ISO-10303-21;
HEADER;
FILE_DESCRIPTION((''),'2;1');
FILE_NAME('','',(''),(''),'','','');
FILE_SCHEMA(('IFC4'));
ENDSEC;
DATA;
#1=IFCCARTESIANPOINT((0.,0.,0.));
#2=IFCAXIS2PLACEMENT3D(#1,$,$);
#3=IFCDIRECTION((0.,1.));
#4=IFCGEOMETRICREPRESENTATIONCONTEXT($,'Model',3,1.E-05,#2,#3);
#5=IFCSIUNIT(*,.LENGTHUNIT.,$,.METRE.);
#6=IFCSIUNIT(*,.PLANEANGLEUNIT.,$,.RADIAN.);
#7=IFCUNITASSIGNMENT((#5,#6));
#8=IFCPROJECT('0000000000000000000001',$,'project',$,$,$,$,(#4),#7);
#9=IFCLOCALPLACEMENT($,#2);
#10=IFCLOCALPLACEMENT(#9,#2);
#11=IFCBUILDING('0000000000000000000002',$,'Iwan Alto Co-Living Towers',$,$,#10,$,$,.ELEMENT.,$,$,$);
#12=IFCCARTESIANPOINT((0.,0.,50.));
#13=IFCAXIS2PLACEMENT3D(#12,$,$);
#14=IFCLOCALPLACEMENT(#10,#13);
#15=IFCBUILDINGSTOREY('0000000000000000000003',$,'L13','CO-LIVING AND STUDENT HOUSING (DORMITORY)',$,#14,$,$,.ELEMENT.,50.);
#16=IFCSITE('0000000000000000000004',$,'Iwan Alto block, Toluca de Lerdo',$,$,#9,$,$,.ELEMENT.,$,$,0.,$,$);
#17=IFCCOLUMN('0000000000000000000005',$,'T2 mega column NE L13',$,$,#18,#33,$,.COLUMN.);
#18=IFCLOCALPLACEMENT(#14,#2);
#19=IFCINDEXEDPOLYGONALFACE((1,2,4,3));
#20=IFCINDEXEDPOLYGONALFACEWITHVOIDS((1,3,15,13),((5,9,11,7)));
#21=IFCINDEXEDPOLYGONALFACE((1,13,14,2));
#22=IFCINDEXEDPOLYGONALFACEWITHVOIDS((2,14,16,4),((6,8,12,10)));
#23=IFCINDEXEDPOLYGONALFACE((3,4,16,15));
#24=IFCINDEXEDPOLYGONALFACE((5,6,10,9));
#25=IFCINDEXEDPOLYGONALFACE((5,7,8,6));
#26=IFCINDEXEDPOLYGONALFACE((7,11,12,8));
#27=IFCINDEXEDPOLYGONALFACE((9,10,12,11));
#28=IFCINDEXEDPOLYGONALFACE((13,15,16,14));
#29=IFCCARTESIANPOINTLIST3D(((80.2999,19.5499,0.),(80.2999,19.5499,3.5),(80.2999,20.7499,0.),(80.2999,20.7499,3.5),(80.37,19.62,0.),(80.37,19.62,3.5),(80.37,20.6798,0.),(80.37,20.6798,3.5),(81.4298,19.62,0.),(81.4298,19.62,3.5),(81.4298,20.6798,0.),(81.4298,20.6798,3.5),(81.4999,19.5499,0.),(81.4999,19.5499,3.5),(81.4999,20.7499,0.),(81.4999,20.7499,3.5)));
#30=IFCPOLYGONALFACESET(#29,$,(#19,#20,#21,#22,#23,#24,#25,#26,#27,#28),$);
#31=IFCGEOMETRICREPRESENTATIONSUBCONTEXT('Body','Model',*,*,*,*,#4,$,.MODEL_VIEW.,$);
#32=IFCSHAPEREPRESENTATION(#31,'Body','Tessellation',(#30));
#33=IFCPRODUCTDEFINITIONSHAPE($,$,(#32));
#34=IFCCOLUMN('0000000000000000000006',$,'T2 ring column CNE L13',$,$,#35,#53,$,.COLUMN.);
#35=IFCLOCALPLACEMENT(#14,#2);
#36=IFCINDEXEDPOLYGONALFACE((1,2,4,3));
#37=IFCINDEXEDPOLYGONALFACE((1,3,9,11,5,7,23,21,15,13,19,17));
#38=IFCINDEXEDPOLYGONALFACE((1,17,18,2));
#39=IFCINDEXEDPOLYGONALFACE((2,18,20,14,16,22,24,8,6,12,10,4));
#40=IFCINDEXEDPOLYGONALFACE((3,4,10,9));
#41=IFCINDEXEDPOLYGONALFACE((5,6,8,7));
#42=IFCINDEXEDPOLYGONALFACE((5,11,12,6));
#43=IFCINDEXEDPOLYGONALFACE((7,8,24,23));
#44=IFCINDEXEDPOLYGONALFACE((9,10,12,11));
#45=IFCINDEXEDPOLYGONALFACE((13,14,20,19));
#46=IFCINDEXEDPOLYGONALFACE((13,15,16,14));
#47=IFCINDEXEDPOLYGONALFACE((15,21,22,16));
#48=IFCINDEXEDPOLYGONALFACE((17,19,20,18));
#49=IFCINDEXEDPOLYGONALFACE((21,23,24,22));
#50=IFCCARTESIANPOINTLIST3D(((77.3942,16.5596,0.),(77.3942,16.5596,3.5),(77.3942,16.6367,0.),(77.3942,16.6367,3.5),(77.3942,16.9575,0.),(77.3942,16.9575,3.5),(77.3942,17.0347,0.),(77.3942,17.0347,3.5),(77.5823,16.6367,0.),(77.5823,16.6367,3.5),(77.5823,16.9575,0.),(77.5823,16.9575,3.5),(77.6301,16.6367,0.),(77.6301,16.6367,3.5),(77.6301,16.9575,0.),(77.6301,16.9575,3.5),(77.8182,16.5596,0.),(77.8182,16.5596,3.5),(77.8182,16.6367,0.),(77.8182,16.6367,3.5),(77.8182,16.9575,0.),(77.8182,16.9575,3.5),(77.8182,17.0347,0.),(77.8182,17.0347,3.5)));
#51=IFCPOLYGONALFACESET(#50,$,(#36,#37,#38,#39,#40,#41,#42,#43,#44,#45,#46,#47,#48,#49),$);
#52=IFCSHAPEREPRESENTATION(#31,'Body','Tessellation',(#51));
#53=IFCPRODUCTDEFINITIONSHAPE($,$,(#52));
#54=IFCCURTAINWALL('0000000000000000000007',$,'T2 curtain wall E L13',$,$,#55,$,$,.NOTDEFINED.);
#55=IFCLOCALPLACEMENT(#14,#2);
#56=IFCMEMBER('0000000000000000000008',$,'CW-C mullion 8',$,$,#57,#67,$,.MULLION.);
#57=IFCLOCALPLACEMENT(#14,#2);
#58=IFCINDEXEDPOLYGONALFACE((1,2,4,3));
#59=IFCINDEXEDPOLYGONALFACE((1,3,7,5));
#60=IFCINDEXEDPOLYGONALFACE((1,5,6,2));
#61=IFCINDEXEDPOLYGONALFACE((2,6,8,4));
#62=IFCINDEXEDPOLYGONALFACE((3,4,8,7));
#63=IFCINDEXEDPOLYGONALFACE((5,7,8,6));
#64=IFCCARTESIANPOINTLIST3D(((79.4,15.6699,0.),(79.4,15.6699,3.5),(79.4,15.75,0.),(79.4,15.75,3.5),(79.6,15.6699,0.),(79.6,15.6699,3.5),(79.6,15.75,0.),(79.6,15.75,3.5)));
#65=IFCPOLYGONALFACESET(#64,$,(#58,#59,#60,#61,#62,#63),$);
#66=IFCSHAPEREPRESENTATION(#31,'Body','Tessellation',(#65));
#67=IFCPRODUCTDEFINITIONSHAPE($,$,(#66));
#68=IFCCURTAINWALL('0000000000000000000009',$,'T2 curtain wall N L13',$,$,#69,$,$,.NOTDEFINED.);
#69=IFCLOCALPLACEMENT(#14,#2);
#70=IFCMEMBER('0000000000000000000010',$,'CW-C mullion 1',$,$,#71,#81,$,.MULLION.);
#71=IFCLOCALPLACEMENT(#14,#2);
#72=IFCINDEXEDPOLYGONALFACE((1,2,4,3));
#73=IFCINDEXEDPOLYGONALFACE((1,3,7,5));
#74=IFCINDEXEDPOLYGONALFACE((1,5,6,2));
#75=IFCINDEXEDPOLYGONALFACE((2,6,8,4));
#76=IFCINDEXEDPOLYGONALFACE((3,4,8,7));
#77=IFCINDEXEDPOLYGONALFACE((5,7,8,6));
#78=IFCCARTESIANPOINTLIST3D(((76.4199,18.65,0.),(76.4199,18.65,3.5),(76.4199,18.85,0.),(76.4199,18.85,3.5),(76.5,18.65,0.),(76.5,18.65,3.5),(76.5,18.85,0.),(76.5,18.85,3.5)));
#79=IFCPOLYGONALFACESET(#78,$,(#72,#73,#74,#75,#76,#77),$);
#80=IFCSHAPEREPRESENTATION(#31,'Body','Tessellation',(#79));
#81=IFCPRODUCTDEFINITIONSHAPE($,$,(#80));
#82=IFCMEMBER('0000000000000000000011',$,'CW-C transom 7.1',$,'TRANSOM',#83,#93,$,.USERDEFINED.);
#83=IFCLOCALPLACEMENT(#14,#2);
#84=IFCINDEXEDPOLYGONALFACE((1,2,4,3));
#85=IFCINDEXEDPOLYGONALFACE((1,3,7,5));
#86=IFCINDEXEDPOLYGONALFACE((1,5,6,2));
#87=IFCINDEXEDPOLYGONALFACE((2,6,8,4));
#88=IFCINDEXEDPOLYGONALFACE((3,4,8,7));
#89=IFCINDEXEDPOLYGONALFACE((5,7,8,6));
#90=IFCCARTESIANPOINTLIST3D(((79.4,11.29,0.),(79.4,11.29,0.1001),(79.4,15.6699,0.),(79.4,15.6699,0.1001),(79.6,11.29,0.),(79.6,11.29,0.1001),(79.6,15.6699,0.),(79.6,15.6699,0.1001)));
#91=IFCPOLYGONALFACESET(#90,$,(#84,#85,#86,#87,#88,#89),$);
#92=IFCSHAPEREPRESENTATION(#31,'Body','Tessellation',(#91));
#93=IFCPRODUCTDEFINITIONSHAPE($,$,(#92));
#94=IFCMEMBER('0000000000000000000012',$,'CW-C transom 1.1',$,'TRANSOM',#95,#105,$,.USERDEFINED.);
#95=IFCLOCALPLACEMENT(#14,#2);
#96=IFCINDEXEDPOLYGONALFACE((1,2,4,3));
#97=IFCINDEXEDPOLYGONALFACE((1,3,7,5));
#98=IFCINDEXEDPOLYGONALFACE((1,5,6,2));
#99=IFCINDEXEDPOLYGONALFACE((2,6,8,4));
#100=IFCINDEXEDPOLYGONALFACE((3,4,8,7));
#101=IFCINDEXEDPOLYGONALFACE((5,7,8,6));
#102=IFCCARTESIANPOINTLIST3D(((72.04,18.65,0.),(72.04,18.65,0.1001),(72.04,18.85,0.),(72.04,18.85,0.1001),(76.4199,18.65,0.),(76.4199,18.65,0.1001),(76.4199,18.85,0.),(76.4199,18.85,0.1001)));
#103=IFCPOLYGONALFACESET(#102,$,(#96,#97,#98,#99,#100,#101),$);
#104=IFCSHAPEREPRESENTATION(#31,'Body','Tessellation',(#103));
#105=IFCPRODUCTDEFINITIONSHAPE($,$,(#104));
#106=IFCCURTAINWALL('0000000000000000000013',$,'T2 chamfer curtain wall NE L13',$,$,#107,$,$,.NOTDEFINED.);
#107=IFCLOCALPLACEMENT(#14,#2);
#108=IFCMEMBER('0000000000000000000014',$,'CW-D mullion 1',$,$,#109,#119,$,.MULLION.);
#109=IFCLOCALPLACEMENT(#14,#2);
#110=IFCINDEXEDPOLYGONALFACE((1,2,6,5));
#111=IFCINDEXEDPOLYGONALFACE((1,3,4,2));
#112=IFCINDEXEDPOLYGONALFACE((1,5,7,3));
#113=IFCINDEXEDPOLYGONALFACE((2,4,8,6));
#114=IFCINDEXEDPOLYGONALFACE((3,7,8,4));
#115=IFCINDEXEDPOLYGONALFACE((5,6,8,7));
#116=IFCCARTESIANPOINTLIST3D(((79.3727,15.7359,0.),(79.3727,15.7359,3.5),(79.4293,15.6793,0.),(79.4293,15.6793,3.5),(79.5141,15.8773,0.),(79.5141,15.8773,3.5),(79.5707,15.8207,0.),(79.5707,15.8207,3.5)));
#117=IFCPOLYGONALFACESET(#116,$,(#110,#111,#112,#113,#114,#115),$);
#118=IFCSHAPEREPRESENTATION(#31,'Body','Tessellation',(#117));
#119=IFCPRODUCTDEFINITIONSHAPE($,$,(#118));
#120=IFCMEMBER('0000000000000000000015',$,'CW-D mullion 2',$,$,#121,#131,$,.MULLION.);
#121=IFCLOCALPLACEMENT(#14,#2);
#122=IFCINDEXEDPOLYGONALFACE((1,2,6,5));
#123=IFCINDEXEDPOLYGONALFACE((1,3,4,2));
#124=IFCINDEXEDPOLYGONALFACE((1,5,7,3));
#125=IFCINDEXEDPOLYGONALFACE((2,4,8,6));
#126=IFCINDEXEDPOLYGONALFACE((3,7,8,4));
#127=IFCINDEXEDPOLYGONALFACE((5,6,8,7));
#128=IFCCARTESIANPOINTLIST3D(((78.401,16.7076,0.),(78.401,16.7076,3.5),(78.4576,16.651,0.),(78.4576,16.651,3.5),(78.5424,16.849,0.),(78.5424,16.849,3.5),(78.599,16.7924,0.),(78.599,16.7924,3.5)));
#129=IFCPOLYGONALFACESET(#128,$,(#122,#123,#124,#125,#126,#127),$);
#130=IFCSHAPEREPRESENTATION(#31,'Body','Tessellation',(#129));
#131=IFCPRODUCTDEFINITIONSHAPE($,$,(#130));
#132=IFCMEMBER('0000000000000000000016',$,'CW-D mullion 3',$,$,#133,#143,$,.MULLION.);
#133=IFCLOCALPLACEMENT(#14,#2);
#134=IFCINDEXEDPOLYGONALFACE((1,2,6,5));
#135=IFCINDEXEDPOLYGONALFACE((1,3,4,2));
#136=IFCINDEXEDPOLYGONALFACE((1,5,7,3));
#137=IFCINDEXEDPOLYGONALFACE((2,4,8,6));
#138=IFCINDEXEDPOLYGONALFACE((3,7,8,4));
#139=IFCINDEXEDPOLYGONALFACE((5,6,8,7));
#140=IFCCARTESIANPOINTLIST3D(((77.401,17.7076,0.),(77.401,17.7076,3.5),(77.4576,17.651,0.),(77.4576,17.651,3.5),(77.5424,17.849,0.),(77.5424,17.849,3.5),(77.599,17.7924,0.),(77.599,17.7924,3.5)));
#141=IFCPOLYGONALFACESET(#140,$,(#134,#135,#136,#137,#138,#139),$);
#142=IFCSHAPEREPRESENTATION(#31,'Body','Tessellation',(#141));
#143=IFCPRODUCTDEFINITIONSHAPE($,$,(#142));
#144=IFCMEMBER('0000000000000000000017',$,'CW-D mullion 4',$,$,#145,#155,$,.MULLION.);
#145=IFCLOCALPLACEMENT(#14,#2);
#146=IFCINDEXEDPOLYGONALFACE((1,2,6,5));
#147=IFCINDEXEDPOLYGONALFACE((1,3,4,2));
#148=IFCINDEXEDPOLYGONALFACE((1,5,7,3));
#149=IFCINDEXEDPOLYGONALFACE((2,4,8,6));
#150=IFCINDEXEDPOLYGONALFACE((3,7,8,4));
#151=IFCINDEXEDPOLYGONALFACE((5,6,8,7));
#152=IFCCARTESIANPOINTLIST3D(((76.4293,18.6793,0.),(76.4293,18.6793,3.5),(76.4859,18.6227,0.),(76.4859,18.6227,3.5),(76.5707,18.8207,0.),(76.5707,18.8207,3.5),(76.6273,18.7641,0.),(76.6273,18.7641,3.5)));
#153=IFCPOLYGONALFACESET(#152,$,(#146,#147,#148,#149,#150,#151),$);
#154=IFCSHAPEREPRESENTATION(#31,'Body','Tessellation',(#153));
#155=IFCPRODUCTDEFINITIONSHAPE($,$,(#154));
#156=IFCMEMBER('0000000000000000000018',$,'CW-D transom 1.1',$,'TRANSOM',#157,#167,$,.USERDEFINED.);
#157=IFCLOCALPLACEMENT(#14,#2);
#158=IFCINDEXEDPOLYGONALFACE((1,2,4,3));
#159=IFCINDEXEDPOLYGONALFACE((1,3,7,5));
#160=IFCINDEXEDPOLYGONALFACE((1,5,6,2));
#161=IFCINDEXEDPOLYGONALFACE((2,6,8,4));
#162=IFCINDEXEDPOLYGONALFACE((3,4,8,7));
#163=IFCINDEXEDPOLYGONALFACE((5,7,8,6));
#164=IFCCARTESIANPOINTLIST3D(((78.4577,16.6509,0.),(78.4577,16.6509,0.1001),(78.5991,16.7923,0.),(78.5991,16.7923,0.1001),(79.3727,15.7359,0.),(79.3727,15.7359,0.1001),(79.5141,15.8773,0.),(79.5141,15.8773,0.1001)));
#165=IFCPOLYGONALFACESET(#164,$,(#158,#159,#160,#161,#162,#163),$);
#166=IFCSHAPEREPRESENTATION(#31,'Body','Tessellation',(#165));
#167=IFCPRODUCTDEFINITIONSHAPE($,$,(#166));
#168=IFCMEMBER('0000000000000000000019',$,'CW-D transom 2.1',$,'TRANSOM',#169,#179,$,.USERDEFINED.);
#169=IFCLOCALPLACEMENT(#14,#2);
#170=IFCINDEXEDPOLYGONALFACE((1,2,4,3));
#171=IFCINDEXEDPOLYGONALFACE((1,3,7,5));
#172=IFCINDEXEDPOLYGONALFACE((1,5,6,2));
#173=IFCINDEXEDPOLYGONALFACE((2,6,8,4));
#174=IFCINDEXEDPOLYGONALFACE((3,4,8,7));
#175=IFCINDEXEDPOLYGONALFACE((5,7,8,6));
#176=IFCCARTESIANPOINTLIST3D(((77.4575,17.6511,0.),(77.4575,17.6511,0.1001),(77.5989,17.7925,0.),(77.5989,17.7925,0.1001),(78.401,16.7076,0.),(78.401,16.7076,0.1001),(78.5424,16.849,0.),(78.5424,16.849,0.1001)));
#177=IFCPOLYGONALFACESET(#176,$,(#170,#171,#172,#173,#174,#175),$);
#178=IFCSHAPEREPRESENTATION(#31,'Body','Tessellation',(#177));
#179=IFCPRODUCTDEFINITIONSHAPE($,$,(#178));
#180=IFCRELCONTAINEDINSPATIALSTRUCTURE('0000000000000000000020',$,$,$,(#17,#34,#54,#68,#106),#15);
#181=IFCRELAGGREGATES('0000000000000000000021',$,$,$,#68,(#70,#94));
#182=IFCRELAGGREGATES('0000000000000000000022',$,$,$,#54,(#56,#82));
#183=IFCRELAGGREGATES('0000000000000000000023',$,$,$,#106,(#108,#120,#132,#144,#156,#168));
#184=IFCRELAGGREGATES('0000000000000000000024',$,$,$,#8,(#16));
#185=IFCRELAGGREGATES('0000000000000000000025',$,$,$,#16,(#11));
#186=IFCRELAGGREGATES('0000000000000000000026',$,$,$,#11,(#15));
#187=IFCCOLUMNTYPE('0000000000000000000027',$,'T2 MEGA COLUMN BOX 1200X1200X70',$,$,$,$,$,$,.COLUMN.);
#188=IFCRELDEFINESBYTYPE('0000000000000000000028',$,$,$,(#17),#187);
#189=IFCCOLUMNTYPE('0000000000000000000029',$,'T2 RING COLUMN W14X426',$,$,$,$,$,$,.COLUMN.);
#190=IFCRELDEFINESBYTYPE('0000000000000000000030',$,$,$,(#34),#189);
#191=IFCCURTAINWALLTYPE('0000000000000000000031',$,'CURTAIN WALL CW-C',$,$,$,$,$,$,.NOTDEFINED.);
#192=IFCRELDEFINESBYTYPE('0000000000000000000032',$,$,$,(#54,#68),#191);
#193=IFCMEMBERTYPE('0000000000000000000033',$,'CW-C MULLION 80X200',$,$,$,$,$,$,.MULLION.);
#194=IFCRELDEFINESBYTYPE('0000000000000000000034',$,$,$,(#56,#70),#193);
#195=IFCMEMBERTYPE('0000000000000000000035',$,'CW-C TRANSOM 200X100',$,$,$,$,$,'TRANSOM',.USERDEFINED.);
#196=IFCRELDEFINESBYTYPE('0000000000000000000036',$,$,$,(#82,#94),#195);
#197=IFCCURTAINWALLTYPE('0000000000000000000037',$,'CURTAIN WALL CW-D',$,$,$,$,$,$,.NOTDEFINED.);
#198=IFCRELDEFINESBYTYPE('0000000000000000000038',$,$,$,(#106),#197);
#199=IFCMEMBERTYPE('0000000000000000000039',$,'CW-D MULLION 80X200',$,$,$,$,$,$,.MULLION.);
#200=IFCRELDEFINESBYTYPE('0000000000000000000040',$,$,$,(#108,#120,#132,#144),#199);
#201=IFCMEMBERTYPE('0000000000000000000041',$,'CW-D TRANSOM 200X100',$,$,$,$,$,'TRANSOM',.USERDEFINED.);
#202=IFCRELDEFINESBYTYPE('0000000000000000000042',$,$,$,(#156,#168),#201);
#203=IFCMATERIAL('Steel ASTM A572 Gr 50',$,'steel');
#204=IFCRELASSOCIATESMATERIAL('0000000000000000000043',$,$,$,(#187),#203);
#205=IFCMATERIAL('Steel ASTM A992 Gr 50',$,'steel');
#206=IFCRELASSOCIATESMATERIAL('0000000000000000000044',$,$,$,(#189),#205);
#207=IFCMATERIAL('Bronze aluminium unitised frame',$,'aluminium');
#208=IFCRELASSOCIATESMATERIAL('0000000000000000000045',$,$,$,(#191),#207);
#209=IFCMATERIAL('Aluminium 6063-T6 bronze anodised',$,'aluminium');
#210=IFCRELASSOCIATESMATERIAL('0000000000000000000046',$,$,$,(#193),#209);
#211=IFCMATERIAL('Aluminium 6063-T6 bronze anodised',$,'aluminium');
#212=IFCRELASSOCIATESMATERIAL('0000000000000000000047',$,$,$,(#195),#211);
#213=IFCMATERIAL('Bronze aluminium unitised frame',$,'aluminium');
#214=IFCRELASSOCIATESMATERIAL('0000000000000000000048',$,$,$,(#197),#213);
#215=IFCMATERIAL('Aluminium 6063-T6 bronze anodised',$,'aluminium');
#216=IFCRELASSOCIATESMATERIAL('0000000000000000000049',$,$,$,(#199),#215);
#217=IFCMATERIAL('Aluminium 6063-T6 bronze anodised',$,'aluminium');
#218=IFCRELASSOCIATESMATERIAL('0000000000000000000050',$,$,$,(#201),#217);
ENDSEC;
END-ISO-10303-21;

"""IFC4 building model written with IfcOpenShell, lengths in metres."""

from ifc_helpers import new_model, si_unit, direction, frame, origin, origin_2d, place, context, subcontext, project, spatial, rectangle, hollow_rectangle, i_section, extrude, material, material_profile, profile_set, type_object, element, aggregate, save


model = new_model("IFC4")

# Units and contexts
model_context = context("Model", 3, precision=1e-05, world=origin(), true_north=direction((0.0, 1.0)))
body_context = subcontext(model_context, "Body", "Model", "MODEL_VIEW")
ifc_project = project(units=[si_unit("LENGTHUNIT", "METRE"), si_unit("PLANEANGLEUNIT", "RADIAN")], contexts=[model_context])

# Site, building, storey
site_placement = place(None, origin())
site = spatial("IfcSite", under=ifc_project, at=site_placement, Name="Iwan Alto block, Toluca de Lerdo", CompositionType="ELEMENT", RefElevation=0.0)
building_placement = place(site_placement, origin())
building = spatial("IfcBuilding", under=site, at=building_placement, Name="Iwan Alto Co-Living Towers", CompositionType="ELEMENT")
storey_placement = place(building_placement, frame((0.0, 0.0, 50.0)))
storey = spatial("IfcBuildingStorey", under=building, at=storey_placement, Name="L13", Description="CO-LIVING AND STUDENT HOUSING (DORMITORY)", CompositionType="ELEMENT", Elevation=50.0)

# Columns
ifc_material_1 = material(Name="Steel ASTM A572 Gr 50", Category="steel")
ifc_material_profile_1 = material_profile(ifc_material_1, hollow_rectangle(XDim=1.2, YDim=1.2, WallThickness=0.0701, at=origin_2d()), Name="BOX 1200X1200X70")
ifc_profile_set_1 = profile_set([ifc_material_profile_1], Name="Steel ASTM A572 Gr 50")
column_type_1 = type_object("IfcColumnType", Name="T2 MEGA COLUMN BOX 1200X1200X70", PredefinedType="COLUMN", material=ifc_profile_set_1)
column_1_placement = place(storey_placement, frame((80.8999, 20.1499, 0.0), z_axis=(0.0, 0.0, 1.0), x_axis=(1.0, 0.0, 0.0)))
element("IfcColumn", 1, at=column_1_placement, inside=storey, type_object=column_type_1, Name="T2 mega column NE L13", PredefinedType="COLUMN", context=body_context, shape_type="SweptSolid", body=[
    extrude(hollow_rectangle(XDim=1.2, YDim=1.2, WallThickness=0.0701, at=origin_2d()), origin(), (0.0, 0.0, 1.0), 3.5),
])
ifc_material_2 = material(Name="Steel ASTM A992 Gr 50", Category="steel")
ifc_material_profile_2 = material_profile(ifc_material_2, i_section(OverallWidth=0.4241, OverallDepth=0.4751, WebThickness=0.0479, FlangeThickness=0.0771, at=origin_2d()), Name="W14X426")
ifc_profile_set_2 = profile_set([ifc_material_profile_2], Name="Steel ASTM A992 Gr 50")
column_type_2 = type_object("IfcColumnType", Name="T2 RING COLUMN W14X426", PredefinedType="COLUMN", material=ifc_profile_set_2)
column_2_placement = place(storey_placement, frame((77.6062, 16.7971, 0.0), z_axis=(0.0, 0.0, 1.0), x_axis=(1.0, 0.0, 0.0)))
element("IfcColumn", 2, at=column_2_placement, inside=storey, type_object=column_type_2, Name="T2 ring column CNE L13", PredefinedType="COLUMN", context=body_context, shape_type="SweptSolid", body=[
    extrude(i_section(OverallWidth=0.4241, OverallDepth=0.4751, WebThickness=0.0479, FlangeThickness=0.0771, at=origin_2d()), origin(), (0.0, 0.0, 1.0), 3.5),
])

# Curtain walls, members
ifc_material_3 = material(Name="Bronze aluminium unitised frame", Category="aluminium")
curtain_wall_type_1 = type_object("IfcCurtainWallType", Name="CURTAIN WALL CW-C", PredefinedType="NOTDEFINED", material=ifc_material_3)
curtain_wall_1_placement = place(storey_placement, origin())
curtain_wall_1 = element("IfcCurtainWall", 3, at=curtain_wall_1_placement, inside=storey, type_object=curtain_wall_type_1, Name="T2 curtain wall E L13", PredefinedType="NOTDEFINED")
ifc_material_4 = material(Name="Aluminium 6063-T6 bronze anodised", Category="aluminium")
ifc_material_profile_3 = material_profile(ifc_material_4, rectangle(XDim=0.2, YDim=0.0801, at=origin_2d()), Name="AL 80X200")
ifc_profile_set_3 = profile_set([ifc_material_profile_3], Name="Aluminium 6063-T6 bronze anodised")
member_type_1 = type_object("IfcMemberType", Name="CW-C MULLION 80X200", PredefinedType="MULLION", material=ifc_profile_set_3)
member_1_placement = place(storey_placement, frame((79.5, 15.71, 0.0), z_axis=(0.0, 0.0, 1.0), x_axis=(-1.0, 0.0, 0.0)))
member_1 = element("IfcMember", 4, at=member_1_placement, type_object=member_type_1, Name="CW-C mullion 8", PredefinedType="MULLION", context=body_context, shape_type="SweptSolid", body=[
    extrude(rectangle(XDim=0.2, YDim=0.0801, at=origin_2d()), origin(), (0.0, 0.0, 1.0), 3.5),
])
curtain_wall_2_placement = place(storey_placement, origin())
curtain_wall_2 = element("IfcCurtainWall", 5, at=curtain_wall_2_placement, inside=storey, type_object=curtain_wall_type_1, Name="T2 curtain wall N L13", PredefinedType="NOTDEFINED")
member_2_placement = place(storey_placement, frame((76.46, 18.75, 0.0), z_axis=(0.0, 0.0, 1.0), x_axis=(0.0, -1.0, 0.0)))
member_2 = element("IfcMember", 6, at=member_2_placement, type_object=member_type_1, Name="CW-C mullion 1", PredefinedType="MULLION", context=body_context, shape_type="SweptSolid", body=[
    extrude(rectangle(XDim=0.2, YDim=0.0801, at=origin_2d()), origin(), (0.0, 0.0, 1.0), 3.5),
])

# Members
ifc_material_5 = material(Name="Aluminium 6063-T6 bronze anodised", Category="aluminium")
ifc_material_profile_4 = material_profile(ifc_material_5, rectangle(XDim=0.2, YDim=0.1001, at=origin_2d()), Name="AL 200X100")
ifc_profile_set_4 = profile_set([ifc_material_profile_4], Name="Aluminium 6063-T6 bronze anodised")
member_type_2 = type_object("IfcMemberType", Name="CW-C TRANSOM 200X100", ElementType="TRANSOM", PredefinedType="USERDEFINED", material=ifc_profile_set_4)
member_3_placement = place(storey_placement, frame((79.5, 11.29, 0.05), z_axis=(0.0, 1.0, 0.0), x_axis=(-1.0, 0.0, 0.0)))
member_3 = element("IfcMember", 7, at=member_3_placement, type_object=member_type_2, Name="CW-C transom 7.1", ObjectType="TRANSOM", PredefinedType="USERDEFINED", context=body_context, shape_type="SweptSolid", body=[
    extrude(rectangle(XDim=0.2, YDim=0.1001, at=origin_2d()), origin(), (0.0, 0.0, 1.0), 4.3799),
])
member_4_placement = place(storey_placement, frame((76.4199, 18.75, 0.05), z_axis=(-1.0, 0.0, 0.0), x_axis=(0.0, -1.0, 0.0)))
member_4 = element("IfcMember", 8, at=member_4_placement, type_object=member_type_2, Name="CW-C transom 1.1", ObjectType="TRANSOM", PredefinedType="USERDEFINED", context=body_context, shape_type="SweptSolid", body=[
    extrude(rectangle(XDim=0.2, YDim=0.1001, at=origin_2d()), origin(), (0.0, 0.0, 1.0), 4.3799),
])
aggregate(curtain_wall_2, [member_2, member_4])

# Curtain wall, members
ifc_material_6 = material(Name="Bronze aluminium unitised frame", Category="aluminium")
curtain_wall_type_2 = type_object("IfcCurtainWallType", Name="CURTAIN WALL CW-D", PredefinedType="NOTDEFINED", material=ifc_material_6)
curtain_wall_3_placement = place(storey_placement, origin())
curtain_wall_3 = element("IfcCurtainWall", 9, at=curtain_wall_3_placement, inside=storey, type_object=curtain_wall_type_2, Name="T2 chamfer curtain wall NE L13", PredefinedType="NOTDEFINED")
ifc_material_7 = material(Name="Aluminium 6063-T6 bronze anodised", Category="aluminium")
ifc_material_profile_5 = material_profile(ifc_material_7, rectangle(XDim=0.2, YDim=0.0801, at=origin_2d()), Name="AL 80X200")
ifc_profile_set_5 = profile_set([ifc_material_profile_5], Name="Aluminium 6063-T6 bronze anodised")
member_type_3 = type_object("IfcMemberType", Name="CW-D MULLION 80X200", PredefinedType="MULLION", material=ifc_profile_set_5)
member_5_placement = place(storey_placement, frame((79.4717, 15.7783, 0.0), z_axis=(0.0, 0.0, 1.0), x_axis=(-0.707107, -0.707107, 0.0)))
member_5 = element("IfcMember", 10, at=member_5_placement, type_object=member_type_3, Name="CW-D mullion 1", PredefinedType="MULLION", context=body_context, shape_type="SweptSolid", body=[
    extrude(rectangle(XDim=0.2, YDim=0.0801, at=origin_2d()), origin(), (0.0, 0.0, 1.0), 3.5),
])
member_6_placement = place(storey_placement, frame((78.5, 16.75, 0.0), z_axis=(0.0, 0.0, 1.0), x_axis=(-0.707107, -0.707107, 0.0)))
member_6 = element("IfcMember", 11, at=member_6_placement, type_object=member_type_3, Name="CW-D mullion 2", PredefinedType="MULLION", context=body_context, shape_type="SweptSolid", body=[
    extrude(rectangle(XDim=0.2, YDim=0.0801, at=origin_2d()), origin(), (0.0, 0.0, 1.0), 3.5),
])
member_7_placement = place(storey_placement, frame((77.5, 17.75, 0.0), z_axis=(0.0, 0.0, 1.0), x_axis=(-0.707107, -0.707107, 0.0)))
member_7 = element("IfcMember", 12, at=member_7_placement, type_object=member_type_3, Name="CW-D mullion 3", PredefinedType="MULLION", context=body_context, shape_type="SweptSolid", body=[
    extrude(rectangle(XDim=0.2, YDim=0.0801, at=origin_2d()), origin(), (0.0, 0.0, 1.0), 3.5),
])
member_8_placement = place(storey_placement, frame((76.5283, 18.7217, 0.0), z_axis=(0.0, 0.0, 1.0), x_axis=(-0.707107, -0.707107, 0.0)))
member_8 = element("IfcMember", 13, at=member_8_placement, type_object=member_type_3, Name="CW-D mullion 4", PredefinedType="MULLION", context=body_context, shape_type="SweptSolid", body=[
    extrude(rectangle(XDim=0.2, YDim=0.0801, at=origin_2d()), origin(), (0.0, 0.0, 1.0), 3.5),
])
ifc_material_8 = material(Name="Aluminium 6063-T6 bronze anodised", Category="aluminium")
ifc_material_profile_6 = material_profile(ifc_material_8, rectangle(XDim=0.2, YDim=0.1001, at=origin_2d()), Name="AL 200X100")
ifc_profile_set_6 = profile_set([ifc_material_profile_6], Name="Aluminium 6063-T6 bronze anodised")
member_type_4 = type_object("IfcMemberType", Name="CW-D TRANSOM 200X100", ElementType="TRANSOM", PredefinedType="USERDEFINED", material=ifc_profile_set_6)
member_9_placement = place(storey_placement, frame((79.4434, 15.8066, 0.05), z_axis=(-0.707107, 0.707107, 0.0), x_axis=(-0.707107, -0.707107, 0.0)))
member_9 = element("IfcMember", 14, at=member_9_placement, type_object=member_type_4, Name="CW-D transom 1.1", ObjectType="TRANSOM", PredefinedType="USERDEFINED", context=body_context, shape_type="SweptSolid", body=[
    extrude(rectangle(XDim=0.2, YDim=0.1001, at=origin_2d()), origin(), (0.0, 0.0, 1.0), 1.2939),
])
member_10_placement = place(storey_placement, frame((78.4717, 16.7783, 0.05), z_axis=(-0.707107, 0.707107, 0.0), x_axis=(-0.707107, -0.707107, 0.0)))
member_10 = element("IfcMember", 15, at=member_10_placement, type_object=member_type_4, Name="CW-D transom 2.1", ObjectType="TRANSOM", PredefinedType="USERDEFINED", context=body_context, shape_type="SweptSolid", body=[
    extrude(rectangle(XDim=0.2, YDim=0.1001, at=origin_2d()), origin(), (0.0, 0.0, 1.0), 1.3342),
])

aggregate(curtain_wall_1, [member_1, member_3])
aggregate(curtain_wall_3, [member_5, member_6, member_7, member_8, member_9, member_10])

save(model, "model.ifc")
